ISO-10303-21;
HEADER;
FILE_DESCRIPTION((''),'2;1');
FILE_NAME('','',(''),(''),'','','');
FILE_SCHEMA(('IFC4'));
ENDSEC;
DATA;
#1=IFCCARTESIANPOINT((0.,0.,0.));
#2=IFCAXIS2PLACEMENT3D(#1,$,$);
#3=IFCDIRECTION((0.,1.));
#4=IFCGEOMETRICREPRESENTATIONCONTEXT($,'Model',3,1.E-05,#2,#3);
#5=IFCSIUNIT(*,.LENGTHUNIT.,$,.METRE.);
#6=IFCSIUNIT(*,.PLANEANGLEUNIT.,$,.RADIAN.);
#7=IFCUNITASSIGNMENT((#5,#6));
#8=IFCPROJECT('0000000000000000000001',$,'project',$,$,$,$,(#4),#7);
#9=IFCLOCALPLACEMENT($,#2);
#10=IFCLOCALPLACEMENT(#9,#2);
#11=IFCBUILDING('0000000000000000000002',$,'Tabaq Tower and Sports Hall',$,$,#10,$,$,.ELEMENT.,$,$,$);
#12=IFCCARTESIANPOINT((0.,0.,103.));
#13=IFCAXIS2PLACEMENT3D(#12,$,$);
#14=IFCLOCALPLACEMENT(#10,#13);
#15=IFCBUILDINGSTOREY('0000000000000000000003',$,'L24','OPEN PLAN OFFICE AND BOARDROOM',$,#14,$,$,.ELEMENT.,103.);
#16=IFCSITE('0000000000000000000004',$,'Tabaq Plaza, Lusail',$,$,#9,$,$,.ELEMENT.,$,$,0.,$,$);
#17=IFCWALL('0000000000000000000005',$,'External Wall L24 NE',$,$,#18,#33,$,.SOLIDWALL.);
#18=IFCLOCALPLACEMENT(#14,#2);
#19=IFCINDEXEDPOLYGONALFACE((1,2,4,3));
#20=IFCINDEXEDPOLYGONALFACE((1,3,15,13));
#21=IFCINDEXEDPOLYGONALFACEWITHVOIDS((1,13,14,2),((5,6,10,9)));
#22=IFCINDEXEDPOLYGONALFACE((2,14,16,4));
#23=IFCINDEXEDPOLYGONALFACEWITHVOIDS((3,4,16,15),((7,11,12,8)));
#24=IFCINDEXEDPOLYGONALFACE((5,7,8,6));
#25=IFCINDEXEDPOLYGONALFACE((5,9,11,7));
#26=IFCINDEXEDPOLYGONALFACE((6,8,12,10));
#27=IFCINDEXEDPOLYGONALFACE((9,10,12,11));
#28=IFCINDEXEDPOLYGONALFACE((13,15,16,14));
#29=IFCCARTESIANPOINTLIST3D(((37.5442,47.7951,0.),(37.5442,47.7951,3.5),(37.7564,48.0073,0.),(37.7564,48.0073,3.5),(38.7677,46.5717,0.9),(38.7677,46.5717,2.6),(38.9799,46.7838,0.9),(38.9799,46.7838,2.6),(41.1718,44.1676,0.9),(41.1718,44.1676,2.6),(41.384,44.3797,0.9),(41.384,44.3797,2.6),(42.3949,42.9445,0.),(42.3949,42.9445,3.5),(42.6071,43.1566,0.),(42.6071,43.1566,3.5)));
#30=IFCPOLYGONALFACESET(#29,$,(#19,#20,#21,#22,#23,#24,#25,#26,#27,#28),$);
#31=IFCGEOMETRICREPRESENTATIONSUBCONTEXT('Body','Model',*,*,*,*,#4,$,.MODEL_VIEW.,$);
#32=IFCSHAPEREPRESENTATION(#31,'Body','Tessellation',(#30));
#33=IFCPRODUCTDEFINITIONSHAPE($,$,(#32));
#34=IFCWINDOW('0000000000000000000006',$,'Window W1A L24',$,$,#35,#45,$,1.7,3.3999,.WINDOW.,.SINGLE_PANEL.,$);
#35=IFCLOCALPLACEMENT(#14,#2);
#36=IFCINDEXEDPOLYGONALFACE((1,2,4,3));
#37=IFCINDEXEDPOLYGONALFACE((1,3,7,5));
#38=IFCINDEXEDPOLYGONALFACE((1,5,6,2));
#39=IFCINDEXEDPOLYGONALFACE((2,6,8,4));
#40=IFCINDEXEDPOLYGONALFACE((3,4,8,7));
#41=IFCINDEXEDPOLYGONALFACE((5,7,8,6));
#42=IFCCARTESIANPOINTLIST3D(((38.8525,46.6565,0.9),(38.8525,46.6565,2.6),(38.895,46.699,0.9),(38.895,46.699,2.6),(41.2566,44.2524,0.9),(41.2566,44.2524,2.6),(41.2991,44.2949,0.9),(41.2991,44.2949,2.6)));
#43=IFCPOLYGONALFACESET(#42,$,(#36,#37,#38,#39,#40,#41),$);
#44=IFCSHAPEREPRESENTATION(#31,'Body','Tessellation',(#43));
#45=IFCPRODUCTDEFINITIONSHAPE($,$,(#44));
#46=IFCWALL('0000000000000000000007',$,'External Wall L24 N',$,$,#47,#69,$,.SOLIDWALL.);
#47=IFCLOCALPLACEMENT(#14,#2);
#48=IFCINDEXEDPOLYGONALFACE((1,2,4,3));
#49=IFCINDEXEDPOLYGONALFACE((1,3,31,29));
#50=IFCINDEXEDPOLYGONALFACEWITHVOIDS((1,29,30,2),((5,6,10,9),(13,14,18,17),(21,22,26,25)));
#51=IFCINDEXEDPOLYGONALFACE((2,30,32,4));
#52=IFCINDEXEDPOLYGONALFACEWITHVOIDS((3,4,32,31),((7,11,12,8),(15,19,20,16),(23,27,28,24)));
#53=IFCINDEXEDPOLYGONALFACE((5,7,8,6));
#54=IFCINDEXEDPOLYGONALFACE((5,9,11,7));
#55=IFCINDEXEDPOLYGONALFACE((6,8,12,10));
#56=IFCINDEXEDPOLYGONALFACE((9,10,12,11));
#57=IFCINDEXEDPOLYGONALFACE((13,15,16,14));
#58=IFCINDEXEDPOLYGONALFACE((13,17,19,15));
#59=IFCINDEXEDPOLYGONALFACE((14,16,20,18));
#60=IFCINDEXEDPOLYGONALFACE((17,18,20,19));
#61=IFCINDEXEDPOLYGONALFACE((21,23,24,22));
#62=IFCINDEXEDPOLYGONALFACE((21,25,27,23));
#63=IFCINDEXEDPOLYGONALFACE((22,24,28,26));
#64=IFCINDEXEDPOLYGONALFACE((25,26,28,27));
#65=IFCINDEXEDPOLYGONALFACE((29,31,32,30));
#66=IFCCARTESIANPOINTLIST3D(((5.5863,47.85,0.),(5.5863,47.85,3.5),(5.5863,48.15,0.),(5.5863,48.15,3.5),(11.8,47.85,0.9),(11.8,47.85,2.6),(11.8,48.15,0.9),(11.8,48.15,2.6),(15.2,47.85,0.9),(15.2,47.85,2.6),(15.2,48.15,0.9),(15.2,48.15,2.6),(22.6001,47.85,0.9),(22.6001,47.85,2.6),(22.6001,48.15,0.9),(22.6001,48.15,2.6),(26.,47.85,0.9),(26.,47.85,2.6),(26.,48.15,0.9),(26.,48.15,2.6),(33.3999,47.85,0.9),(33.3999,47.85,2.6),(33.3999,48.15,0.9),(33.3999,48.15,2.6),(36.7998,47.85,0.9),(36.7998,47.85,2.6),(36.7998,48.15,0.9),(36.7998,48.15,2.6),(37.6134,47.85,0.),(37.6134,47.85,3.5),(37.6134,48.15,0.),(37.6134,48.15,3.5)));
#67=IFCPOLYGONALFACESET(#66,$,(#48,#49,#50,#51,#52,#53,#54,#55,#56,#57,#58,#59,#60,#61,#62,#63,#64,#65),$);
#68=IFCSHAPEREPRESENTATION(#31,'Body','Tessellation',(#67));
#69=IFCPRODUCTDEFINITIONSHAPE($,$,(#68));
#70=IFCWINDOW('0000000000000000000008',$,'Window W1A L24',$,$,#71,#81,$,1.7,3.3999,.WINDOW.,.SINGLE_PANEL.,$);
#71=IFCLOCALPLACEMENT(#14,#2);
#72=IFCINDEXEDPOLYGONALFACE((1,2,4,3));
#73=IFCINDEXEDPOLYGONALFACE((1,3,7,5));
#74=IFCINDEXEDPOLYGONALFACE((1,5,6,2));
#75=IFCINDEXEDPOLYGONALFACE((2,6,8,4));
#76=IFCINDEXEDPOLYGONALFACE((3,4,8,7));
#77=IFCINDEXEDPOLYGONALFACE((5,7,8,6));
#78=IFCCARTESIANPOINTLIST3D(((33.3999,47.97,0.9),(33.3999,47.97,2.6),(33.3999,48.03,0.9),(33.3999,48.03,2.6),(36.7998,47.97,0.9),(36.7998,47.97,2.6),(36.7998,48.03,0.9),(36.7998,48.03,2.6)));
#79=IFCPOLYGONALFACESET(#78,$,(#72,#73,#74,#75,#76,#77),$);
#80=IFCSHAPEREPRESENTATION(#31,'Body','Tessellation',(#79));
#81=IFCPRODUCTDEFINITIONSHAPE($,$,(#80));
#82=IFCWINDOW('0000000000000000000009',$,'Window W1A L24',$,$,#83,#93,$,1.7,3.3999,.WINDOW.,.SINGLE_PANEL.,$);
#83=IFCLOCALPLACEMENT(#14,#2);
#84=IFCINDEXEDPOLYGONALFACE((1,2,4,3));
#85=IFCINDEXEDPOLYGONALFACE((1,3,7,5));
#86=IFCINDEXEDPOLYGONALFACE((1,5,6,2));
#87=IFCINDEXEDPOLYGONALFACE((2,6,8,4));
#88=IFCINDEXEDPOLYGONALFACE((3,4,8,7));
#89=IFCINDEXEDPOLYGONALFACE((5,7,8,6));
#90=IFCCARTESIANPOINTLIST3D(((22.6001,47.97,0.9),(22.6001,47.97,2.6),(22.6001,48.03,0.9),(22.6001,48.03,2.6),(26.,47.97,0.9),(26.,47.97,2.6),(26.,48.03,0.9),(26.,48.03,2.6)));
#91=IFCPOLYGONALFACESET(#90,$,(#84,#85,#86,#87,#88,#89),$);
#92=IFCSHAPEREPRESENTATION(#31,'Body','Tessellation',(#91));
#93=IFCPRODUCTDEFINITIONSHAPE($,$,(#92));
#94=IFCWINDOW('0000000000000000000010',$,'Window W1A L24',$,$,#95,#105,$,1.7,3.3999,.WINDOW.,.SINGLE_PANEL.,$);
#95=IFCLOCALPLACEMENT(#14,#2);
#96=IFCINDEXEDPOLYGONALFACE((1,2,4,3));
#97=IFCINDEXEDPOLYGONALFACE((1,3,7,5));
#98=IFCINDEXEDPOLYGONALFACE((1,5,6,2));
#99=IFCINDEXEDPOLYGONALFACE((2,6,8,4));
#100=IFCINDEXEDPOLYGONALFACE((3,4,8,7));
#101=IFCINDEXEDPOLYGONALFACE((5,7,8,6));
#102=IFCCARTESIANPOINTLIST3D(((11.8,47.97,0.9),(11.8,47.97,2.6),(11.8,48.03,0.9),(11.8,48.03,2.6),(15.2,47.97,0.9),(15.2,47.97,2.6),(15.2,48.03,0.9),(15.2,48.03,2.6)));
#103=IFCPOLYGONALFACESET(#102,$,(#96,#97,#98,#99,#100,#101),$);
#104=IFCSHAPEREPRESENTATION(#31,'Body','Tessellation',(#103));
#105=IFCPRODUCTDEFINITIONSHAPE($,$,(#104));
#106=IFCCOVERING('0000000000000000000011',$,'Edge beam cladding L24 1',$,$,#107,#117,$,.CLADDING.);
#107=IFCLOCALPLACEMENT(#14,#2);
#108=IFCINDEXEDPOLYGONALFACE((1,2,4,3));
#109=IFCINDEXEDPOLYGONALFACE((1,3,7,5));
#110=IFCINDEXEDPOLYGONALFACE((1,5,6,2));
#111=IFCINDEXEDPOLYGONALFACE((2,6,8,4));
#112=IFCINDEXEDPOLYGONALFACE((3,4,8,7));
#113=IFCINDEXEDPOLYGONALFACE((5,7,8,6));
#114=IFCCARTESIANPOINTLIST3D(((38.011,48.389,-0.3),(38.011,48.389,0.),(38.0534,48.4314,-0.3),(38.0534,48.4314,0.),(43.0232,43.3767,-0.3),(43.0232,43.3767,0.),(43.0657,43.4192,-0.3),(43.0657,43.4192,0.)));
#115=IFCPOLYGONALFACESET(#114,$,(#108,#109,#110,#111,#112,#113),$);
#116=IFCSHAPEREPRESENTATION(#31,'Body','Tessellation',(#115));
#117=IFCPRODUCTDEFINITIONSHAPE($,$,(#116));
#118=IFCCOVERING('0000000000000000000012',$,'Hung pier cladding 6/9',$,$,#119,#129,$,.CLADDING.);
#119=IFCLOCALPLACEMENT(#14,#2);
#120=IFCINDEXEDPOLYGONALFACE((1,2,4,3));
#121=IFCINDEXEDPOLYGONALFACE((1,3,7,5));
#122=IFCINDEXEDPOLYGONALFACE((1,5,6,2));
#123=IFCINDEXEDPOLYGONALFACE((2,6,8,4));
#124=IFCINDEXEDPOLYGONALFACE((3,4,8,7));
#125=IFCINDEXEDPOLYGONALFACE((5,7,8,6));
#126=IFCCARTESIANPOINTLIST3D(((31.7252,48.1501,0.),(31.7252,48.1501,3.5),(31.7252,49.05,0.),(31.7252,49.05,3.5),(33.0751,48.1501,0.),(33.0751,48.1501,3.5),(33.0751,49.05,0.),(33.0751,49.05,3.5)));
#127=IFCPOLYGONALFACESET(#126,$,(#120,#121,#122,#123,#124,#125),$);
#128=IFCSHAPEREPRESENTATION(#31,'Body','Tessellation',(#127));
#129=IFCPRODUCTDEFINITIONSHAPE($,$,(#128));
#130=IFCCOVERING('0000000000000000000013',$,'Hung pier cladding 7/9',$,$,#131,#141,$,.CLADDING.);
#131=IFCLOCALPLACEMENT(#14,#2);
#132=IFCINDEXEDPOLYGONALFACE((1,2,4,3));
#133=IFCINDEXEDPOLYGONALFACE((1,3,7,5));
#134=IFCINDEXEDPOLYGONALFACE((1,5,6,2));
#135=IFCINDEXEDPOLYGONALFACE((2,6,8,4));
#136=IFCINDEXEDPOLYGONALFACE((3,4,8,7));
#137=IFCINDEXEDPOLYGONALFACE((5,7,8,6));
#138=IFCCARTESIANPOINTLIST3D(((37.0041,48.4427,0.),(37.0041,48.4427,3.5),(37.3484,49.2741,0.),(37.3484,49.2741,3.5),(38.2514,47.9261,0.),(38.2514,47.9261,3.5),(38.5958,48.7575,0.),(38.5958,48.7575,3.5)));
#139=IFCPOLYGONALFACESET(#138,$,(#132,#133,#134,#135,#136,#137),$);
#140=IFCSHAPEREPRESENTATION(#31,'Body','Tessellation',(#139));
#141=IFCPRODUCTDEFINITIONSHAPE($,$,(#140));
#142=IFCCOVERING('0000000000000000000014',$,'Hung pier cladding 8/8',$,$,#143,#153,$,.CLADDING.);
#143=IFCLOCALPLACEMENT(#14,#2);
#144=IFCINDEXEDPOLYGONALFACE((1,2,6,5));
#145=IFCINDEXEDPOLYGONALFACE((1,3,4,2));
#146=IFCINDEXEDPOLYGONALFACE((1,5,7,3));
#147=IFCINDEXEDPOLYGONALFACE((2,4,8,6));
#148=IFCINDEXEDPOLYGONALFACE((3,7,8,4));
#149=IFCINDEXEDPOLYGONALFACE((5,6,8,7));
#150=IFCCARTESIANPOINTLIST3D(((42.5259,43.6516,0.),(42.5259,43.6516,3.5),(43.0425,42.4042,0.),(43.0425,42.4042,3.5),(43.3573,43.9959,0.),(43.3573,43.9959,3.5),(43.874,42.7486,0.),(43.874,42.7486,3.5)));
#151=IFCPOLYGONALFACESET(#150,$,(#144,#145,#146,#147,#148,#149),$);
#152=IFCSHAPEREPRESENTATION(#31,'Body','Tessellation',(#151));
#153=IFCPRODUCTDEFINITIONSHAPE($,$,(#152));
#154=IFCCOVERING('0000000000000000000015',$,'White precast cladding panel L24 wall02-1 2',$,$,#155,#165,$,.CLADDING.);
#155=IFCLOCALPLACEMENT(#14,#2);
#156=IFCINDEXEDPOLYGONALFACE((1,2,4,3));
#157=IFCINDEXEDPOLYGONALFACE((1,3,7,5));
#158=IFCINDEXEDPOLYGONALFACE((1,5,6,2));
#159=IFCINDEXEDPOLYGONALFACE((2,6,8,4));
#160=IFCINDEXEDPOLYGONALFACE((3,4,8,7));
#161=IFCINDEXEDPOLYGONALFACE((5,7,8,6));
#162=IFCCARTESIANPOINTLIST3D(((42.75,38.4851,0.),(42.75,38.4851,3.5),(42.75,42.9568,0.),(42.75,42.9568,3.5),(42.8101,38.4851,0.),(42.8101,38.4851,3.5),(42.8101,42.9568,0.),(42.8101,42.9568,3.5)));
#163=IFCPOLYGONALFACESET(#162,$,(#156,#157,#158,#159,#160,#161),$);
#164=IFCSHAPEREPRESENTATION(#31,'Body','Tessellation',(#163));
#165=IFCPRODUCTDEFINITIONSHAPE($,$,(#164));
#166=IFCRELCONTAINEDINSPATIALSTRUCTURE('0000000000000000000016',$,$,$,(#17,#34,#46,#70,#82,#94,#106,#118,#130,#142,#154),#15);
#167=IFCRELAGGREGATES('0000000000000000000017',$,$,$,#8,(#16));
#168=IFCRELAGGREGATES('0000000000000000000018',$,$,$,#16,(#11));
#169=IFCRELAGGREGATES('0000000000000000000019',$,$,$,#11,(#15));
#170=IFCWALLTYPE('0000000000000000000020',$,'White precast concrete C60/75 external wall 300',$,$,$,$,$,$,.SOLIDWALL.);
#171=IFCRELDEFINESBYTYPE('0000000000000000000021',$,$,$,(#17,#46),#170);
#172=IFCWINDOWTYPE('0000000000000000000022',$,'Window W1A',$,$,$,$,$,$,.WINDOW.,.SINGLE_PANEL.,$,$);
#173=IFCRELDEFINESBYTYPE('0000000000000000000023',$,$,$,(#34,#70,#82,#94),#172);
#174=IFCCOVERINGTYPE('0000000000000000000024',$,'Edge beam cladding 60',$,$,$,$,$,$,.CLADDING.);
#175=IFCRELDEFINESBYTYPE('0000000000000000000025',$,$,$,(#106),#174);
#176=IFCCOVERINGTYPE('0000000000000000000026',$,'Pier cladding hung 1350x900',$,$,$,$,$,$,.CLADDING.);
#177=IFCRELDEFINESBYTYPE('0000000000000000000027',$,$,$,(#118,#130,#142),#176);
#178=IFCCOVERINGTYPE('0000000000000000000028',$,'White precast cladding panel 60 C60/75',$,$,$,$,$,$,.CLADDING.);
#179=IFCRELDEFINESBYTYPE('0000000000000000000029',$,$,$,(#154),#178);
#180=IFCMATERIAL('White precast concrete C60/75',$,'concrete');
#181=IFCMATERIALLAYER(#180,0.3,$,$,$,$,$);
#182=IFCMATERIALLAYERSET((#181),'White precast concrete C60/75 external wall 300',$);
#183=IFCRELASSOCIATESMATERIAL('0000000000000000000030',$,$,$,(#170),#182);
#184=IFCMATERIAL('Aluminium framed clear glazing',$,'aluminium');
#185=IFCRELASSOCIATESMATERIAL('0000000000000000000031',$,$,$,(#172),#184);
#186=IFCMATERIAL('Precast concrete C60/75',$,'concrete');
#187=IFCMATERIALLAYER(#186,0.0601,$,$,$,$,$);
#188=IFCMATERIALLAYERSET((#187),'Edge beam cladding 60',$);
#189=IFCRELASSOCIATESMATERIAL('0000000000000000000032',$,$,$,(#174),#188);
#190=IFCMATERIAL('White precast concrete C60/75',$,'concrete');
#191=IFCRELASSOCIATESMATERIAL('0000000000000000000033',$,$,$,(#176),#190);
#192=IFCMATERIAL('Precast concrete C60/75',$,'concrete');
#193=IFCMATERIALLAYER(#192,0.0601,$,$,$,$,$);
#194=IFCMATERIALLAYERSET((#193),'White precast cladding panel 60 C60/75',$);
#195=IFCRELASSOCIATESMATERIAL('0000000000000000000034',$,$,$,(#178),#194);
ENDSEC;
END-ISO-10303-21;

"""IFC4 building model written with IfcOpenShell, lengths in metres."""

from ifc_helpers import new_model, si_unit, direction, frame, frame_2d, origin, place, context, subcontext, project, spatial, rectangle, extrude, material, layer, layer_set, type_object, element, fill, save


model = new_model("IFC4")

# Units and contexts
model_context = context("Model", 3, precision=1e-05, world=origin(), true_north=direction((0.0, 1.0)))
body_context = subcontext(model_context, "Body", "Model", "MODEL_VIEW")
ifc_project = project(units=[si_unit("LENGTHUNIT", "METRE"), si_unit("PLANEANGLEUNIT", "RADIAN")], contexts=[model_context])

# Site, building, storey
site_placement = place(None, origin())
site = spatial("IfcSite", under=ifc_project, at=site_placement, Name="Tabaq Plaza, Lusail", CompositionType="ELEMENT", RefElevation=0.0)
building_placement = place(site_placement, origin())
building = spatial("IfcBuilding", under=site, at=building_placement, Name="Tabaq Tower and Sports Hall", CompositionType="ELEMENT")
storey_placement = place(building_placement, frame((0.0, 0.0, 103.0)))
storey = spatial("IfcBuildingStorey", under=building, at=storey_placement, Name="L24", Description="OPEN PLAN OFFICE AND BOARDROOM", CompositionType="ELEMENT", Elevation=103.0)

# Wall, opening, window
ifc_material_1 = material(Name="White precast concrete C60/75", Category="concrete")
ifc_layer_1 = layer(ifc_material_1, 0.3)
ifc_layer_set_1 = layer_set([ifc_layer_1], Name="White precast concrete C60/75 external wall 300")
wall_type_1 = type_object("IfcWallType", Name="White precast concrete C60/75 external wall 300", PredefinedType="SOLIDWALL", material=ifc_layer_set_1)
wall_1_placement = place(storey_placement, frame((42.501, 43.0505, 0.0), z_axis=(0.0, 0.0, 1.0), x_axis=(-0.707107, 0.707107, 0.0)))
wall_1 = element("IfcWall", 1, at=wall_1_placement, inside=storey, type_object=wall_type_1, Name="External Wall L24 NE", PredefinedType="SOLIDWALL", context=body_context, shape_type="SweptSolid", body=[
    extrude(rectangle(XDim=6.8599, YDim=0.3, at=frame_2d((3.4299, 0.0))), origin(), (0.0, 0.0, 1.0), 3.5),
])
opening_1_placement = place(wall_1_placement, frame((1.7297, 0.0, 0.8999)))
opening_1 = element("IfcOpeningElement", 2, at=opening_1_placement, cuts=wall_1, PredefinedType="OPENING", context=body_context, shape_type="SweptSolid", body=[
    extrude(rectangle(XDim=3.3999, YDim=1.7, at=frame_2d((1.7, 0.8501))), frame((0.0, 0.1602, 0.0), z_axis=(0.0, -1.0, 0.0), x_axis=(1.0, 0.0, 0.0)), (0.0, 0.0, 1.0), 0.3201),
])
ifc_material_2 = material(Name="Aluminium framed clear glazing", Category="aluminium")
window_type = type_object("IfcWindowType", Name="Window W1A", PartitioningType="SINGLE_PANEL", PredefinedType="WINDOW", material=ifc_material_2)
window_1_placement = place(opening_1_placement, origin())
window_1 = element("IfcWindow", 3, at=window_1_placement, inside=storey, type_object=window_type, Name="Window W1A L24", OverallHeight=1.7, OverallWidth=3.3999, PartitioningType="SINGLE_PANEL", PredefinedType="WINDOW", context=body_context, shape_type="SweptSolid", body=[
    extrude(rectangle(XDim=3.3999, YDim=1.7, at=frame_2d((1.7, 0.8501))), frame((0.0, 0.03, 0.0), z_axis=(0.0, -1.0, 0.0), x_axis=(1.0, 0.0, 0.0)), (0.0, 0.0, 1.0), 0.0601),
])
fill(opening_1, window_1)

# Wall, openings, windows
wall_2_placement = place(storey_placement, frame((37.6135, 48.0, 0.0), z_axis=(0.0, 0.0, 1.0), x_axis=(-1.0, 0.0, 0.0)))
wall_2 = element("IfcWall", 4, at=wall_2_placement, inside=storey, type_object=wall_type_1, Name="External Wall L24 N", PredefinedType="SOLIDWALL", context=body_context, shape_type="SweptSolid", body=[
    extrude(rectangle(XDim=32.0271, YDim=0.3, at=frame_2d((16.0137, 0.0))), origin(), (0.0, 0.0, 1.0), 3.5),
])
opening_2_placement = place(wall_2_placement, frame((0.8137, 0.0, 0.8999)))
opening_2 = element("IfcOpeningElement", 5, at=opening_2_placement, cuts=wall_2, PredefinedType="OPENING", context=body_context, shape_type="SweptSolid", body=[
    extrude(rectangle(XDim=3.3999, YDim=1.7, at=frame_2d((1.7, 0.8501))), frame((0.0, 0.1602, 0.0), z_axis=(0.0, -1.0, 0.0), x_axis=(1.0, 0.0, 0.0)), (0.0, 0.0, 1.0), 0.3201),
])
opening_3_placement = place(wall_2_placement, frame((11.6135, 0.0, 0.8999)))
opening_3 = element("IfcOpeningElement", 6, at=opening_3_placement, cuts=wall_2, PredefinedType="OPENING", context=body_context, shape_type="SweptSolid", body=[
    extrude(rectangle(XDim=3.3999, YDim=1.7, at=frame_2d((1.7, 0.8501))), frame((0.0, 0.1602, 0.0), z_axis=(0.0, -1.0, 0.0), x_axis=(1.0, 0.0, 0.0)), (0.0, 0.0, 1.0), 0.3201),
])
opening_4_placement = place(wall_2_placement, frame((22.4136, 0.0, 0.8999)))
opening_4 = element("IfcOpeningElement", 7, at=opening_4_placement, cuts=wall_2, PredefinedType="OPENING", context=body_context, shape_type="SweptSolid", body=[
    extrude(rectangle(XDim=3.3999, YDim=1.7, at=frame_2d((1.7, 0.8501))), frame((0.0, 0.1602, 0.0), z_axis=(0.0, -1.0, 0.0), x_axis=(1.0, 0.0, 0.0)), (0.0, 0.0, 1.0), 0.3201),
])
window_2_placement = place(opening_2_placement, origin())
window_2 = element("IfcWindow", 8, at=window_2_placement, inside=storey, type_object=window_type, Name="Window W1A L24", OverallHeight=1.7, OverallWidth=3.3999, PartitioningType="SINGLE_PANEL", PredefinedType="WINDOW", context=body_context, shape_type="SweptSolid", body=[
    extrude(rectangle(XDim=3.3999, YDim=1.7, at=frame_2d((1.7, 0.8501))), frame((0.0, 0.03, 0.0), z_axis=(0.0, -1.0, 0.0), x_axis=(1.0, 0.0, 0.0)), (0.0, 0.0, 1.0), 0.0601),
])
fill(opening_2, window_2)
window_3_placement = place(opening_3_placement, origin())
window_3 = element("IfcWindow", 9, at=window_3_placement, inside=storey, type_object=window_type, Name="Window W1A L24", OverallHeight=1.7, OverallWidth=3.3999, PartitioningType="SINGLE_PANEL", PredefinedType="WINDOW", context=body_context, shape_type="SweptSolid", body=[
    extrude(rectangle(XDim=3.3999, YDim=1.7, at=frame_2d((1.7, 0.8501))), frame((0.0, 0.03, 0.0), z_axis=(0.0, -1.0, 0.0), x_axis=(1.0, 0.0, 0.0)), (0.0, 0.0, 1.0), 0.0601),
])
fill(opening_3, window_3)
window_4_placement = place(opening_4_placement, origin())
window_4 = element("IfcWindow", 10, at=window_4_placement, inside=storey, type_object=window_type, Name="Window W1A L24", OverallHeight=1.7, OverallWidth=3.3999, PartitioningType="SINGLE_PANEL", PredefinedType="WINDOW", context=body_context, shape_type="SweptSolid", body=[
    extrude(rectangle(XDim=3.3999, YDim=1.7, at=frame_2d((1.7, 0.8501))), frame((0.0, 0.03, 0.0), z_axis=(0.0, -1.0, 0.0), x_axis=(1.0, 0.0, 0.0)), (0.0, 0.0, 1.0), 0.0601),
])
fill(opening_4, window_4)

# Coverings
ifc_material_3 = material(Name="Precast concrete C60/75", Category="concrete")
ifc_layer_2 = layer(ifc_material_3, 0.0601)
ifc_layer_set_2 = layer_set([ifc_layer_2], Name="Edge beam cladding 60")
covering_type_1 = type_object("IfcCoveringType", Name="Edge beam cladding 60", PredefinedType="CLADDING", material=ifc_layer_set_2)
covering_1_placement = place(storey_placement, frame((43.0444, 43.3979, -0.3), z_axis=(0.0, 0.0, 1.0), x_axis=(-0.707107, 0.707107, 0.0)))
element("IfcCovering", 11, at=covering_1_placement, inside=storey, type_object=covering_type_1, Name="Edge beam cladding L24 1", PredefinedType="CLADDING", context=body_context, shape_type="SweptSolid", body=[
    extrude(rectangle(XDim=7.0884, YDim=0.0601, at=frame_2d((3.5442, 0.0))), origin(), (0.0, 0.0, 1.0), 0.3),
])
ifc_material_4 = material(Name="White precast concrete C60/75", Category="concrete")
covering_type_2 = type_object("IfcCoveringType", Name="Pier cladding hung 1350x900", PredefinedType="CLADDING", material=ifc_material_4)
covering_2_placement = place(storey_placement, frame((33.075, 48.6001, 0.0), z_axis=(0.0, 0.0, 1.0), x_axis=(-1.0, 0.0, 0.0)))
element("IfcCovering", 12, at=covering_2_placement, inside=storey, type_object=covering_type_2, Name="Hung pier cladding 6/9", PredefinedType="CLADDING", context=body_context, shape_type="SweptSolid", body=[
    extrude(rectangle(XDim=1.3499, YDim=0.8999, at=frame_2d((0.6748, 0.0))), origin(), (0.0, 0.0, 1.0), 3.5),
])
for number, where, z_axis, x_axis, name in (
    (13, (38.4236, 48.3418, 0.0), (0.0, 0.0, 1.0), (-0.923893, 0.38265, 0.0), "Hung pier cladding 7/9"),
    (14, (43.4583, 42.5764, 0.0), (0.0, 0.0, 1.0), (-0.38265, 0.923893, 0.0), "Hung pier cladding 8/8"),
):
    element("IfcCovering", number, at=place(storey_placement, frame(where, z_axis=z_axis, x_axis=x_axis)), inside=storey, type_object=covering_type_2, Name=name, PredefinedType="CLADDING", context=body_context, shape_type="SweptSolid", body=[
        extrude(rectangle(XDim=1.3501, YDim=0.8999, at=frame_2d((0.675, 0.0))), origin(), (0.0, 0.0, 1.0), 3.5),
    ])
ifc_material_5 = material(Name="Precast concrete C60/75", Category="concrete")
ifc_layer_3 = layer(ifc_material_5, 0.0601)
ifc_layer_set_3 = layer_set([ifc_layer_3], Name="White precast cladding panel 60 C60/75")
covering_type_3 = type_object("IfcCoveringType", Name="White precast cladding panel 60 C60/75", PredefinedType="CLADDING", material=ifc_layer_set_3)
covering_3_placement = place(storey_placement, frame((42.78, 38.4851, 0.0), z_axis=(0.0, 0.0, 1.0), x_axis=(0.0, 1.0, 0.0)))
element("IfcCovering", 15, at=covering_3_placement, inside=storey, type_object=covering_type_3, Name="White precast cladding panel L24 wall02-1 2", PredefinedType="CLADDING", context=body_context, shape_type="SweptSolid", body=[
    extrude(rectangle(XDim=4.4717, YDim=0.0601, at=frame_2d((2.2358, 0.0))), origin(), (0.0, 0.0, 1.0), 3.5),
])

save(model, "model.ifc")
